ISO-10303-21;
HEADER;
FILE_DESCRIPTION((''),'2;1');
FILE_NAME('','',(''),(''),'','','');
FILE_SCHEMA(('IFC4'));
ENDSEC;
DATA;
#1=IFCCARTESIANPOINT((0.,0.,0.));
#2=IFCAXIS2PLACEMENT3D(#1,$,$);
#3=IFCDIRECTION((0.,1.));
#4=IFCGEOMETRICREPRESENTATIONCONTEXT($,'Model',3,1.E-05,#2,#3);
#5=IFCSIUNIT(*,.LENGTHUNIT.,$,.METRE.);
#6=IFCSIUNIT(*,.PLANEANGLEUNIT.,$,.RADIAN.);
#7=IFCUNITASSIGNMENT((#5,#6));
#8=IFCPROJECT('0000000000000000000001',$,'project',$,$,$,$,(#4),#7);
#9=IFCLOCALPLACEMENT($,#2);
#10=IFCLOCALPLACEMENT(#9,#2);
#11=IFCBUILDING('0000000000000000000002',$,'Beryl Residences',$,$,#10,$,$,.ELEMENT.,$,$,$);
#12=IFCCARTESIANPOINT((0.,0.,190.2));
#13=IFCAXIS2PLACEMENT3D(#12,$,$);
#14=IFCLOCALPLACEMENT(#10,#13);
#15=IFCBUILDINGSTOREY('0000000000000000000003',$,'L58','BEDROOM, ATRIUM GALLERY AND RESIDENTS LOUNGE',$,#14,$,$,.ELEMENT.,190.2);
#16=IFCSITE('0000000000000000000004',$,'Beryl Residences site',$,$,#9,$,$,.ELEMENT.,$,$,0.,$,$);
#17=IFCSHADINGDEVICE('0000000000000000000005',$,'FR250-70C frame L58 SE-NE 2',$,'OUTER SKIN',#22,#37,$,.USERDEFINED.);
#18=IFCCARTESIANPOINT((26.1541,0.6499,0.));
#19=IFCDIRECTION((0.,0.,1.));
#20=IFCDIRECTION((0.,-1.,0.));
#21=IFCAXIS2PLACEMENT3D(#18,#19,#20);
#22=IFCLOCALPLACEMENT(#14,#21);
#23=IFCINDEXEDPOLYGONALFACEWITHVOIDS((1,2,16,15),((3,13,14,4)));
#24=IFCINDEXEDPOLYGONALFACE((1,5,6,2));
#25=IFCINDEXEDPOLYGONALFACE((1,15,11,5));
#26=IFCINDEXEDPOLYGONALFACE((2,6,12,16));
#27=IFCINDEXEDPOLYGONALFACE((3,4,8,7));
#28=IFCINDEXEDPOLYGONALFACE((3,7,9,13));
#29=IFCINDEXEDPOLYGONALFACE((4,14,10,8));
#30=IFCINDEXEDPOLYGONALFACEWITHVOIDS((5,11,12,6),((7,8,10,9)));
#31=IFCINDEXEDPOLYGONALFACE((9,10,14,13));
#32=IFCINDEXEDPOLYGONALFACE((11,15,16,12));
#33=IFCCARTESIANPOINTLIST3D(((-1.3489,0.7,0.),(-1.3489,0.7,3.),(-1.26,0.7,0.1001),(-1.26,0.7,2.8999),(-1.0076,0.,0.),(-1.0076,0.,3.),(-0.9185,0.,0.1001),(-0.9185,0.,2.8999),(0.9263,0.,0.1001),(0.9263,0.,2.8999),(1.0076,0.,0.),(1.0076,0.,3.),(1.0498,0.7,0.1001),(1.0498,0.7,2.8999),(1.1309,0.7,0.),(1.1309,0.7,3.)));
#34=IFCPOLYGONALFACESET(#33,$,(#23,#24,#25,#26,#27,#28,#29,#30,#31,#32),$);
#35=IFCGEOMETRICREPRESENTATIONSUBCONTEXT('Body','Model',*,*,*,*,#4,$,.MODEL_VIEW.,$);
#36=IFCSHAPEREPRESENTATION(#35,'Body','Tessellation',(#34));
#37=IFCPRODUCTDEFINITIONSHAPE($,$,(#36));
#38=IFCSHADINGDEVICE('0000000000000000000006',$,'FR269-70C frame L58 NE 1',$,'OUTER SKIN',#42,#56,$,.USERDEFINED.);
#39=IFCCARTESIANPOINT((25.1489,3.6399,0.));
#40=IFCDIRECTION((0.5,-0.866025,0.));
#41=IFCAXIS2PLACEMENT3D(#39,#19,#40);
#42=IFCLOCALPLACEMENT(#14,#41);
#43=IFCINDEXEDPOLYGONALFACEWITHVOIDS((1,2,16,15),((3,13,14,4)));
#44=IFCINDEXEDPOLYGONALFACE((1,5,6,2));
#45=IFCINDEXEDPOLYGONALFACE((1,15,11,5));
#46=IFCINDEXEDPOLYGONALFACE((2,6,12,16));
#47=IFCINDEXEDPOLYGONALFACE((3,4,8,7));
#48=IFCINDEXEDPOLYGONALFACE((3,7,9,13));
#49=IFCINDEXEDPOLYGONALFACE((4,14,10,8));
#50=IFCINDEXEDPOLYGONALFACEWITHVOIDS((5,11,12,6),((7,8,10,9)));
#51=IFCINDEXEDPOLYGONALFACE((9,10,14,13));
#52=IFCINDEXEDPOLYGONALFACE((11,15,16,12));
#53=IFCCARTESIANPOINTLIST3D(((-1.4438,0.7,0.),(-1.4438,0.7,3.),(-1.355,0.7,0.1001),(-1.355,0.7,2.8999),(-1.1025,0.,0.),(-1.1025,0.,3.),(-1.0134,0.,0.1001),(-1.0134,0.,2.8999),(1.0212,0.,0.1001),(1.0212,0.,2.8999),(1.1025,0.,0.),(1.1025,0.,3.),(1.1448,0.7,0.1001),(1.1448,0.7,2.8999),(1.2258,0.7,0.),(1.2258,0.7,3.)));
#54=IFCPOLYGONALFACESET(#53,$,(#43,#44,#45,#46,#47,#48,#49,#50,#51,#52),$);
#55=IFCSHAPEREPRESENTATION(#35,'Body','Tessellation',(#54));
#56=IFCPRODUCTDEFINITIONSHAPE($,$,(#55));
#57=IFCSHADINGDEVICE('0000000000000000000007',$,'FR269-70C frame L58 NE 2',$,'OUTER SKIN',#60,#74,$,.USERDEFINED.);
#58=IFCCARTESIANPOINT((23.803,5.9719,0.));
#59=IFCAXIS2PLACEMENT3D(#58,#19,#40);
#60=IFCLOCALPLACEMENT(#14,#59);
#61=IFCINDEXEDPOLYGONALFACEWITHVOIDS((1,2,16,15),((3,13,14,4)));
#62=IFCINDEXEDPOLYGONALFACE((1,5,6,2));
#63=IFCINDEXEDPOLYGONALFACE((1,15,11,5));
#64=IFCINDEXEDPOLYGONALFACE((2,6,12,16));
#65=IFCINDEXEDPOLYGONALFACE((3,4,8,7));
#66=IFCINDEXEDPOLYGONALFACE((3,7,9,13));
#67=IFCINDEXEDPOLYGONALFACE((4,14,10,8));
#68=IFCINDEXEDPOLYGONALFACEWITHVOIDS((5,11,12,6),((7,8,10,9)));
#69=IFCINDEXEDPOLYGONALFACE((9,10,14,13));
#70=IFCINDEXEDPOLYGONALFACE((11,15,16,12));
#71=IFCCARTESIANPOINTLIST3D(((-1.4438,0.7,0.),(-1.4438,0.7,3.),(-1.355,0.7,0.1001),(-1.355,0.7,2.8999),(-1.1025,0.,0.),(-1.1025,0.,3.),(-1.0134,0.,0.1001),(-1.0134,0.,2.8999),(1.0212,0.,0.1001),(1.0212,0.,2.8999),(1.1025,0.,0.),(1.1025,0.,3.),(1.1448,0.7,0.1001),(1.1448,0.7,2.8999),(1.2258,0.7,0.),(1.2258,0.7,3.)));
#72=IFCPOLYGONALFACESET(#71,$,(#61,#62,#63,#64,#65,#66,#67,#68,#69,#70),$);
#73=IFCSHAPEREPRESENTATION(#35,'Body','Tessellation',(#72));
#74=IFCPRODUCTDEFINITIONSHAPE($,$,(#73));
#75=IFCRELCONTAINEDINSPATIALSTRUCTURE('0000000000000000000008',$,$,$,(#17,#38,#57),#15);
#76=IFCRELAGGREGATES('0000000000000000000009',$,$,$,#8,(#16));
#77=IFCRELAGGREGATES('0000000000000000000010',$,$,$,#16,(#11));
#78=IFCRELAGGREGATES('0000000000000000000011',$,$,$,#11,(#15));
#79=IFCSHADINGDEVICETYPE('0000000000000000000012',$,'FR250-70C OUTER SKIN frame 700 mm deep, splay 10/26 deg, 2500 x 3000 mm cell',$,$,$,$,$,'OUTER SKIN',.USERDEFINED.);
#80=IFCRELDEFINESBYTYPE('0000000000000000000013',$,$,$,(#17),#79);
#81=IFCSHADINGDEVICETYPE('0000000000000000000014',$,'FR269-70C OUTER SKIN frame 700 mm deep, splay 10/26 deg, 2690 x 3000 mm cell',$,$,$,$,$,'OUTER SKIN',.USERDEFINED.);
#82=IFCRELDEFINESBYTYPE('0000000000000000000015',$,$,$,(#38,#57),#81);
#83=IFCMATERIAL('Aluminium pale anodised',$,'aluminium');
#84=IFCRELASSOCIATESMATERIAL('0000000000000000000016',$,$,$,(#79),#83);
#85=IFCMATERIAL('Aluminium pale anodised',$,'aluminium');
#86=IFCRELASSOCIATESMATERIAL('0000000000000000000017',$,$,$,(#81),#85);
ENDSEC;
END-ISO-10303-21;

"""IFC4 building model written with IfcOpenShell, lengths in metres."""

from ifc_helpers import new_model, entity, si_unit, direction, frame, origin, place, context, subcontext, project, spatial, source, transform, mapped, material, type_object, type_shapes, element, save


model = new_model("IFC4")

# Units and contexts
model_context = context("Model", 3, precision=1e-05, world=origin(), true_north=direction((0.0, 1.0)))
body_context = subcontext(model_context, "Body", "Model", "MODEL_VIEW")
ifc_project = project(units=[si_unit("LENGTHUNIT", "METRE"), si_unit("PLANEANGLEUNIT", "RADIAN")], contexts=[model_context])

# Site, building, storey
site_placement = place(None, origin())
site = spatial("IfcSite", under=ifc_project, at=site_placement, Name="Beryl Residences site", CompositionType="ELEMENT", RefElevation=0.0)
building_placement = place(site_placement, origin())
building = spatial("IfcBuilding", under=site, at=building_placement, Name="Beryl Residences", CompositionType="ELEMENT")
storey_placement = place(building_placement, frame((0.0, 0.0, 190.2)))
storey = spatial("IfcBuildingStorey", under=building, at=storey_placement, Name="L58", Description="BEDROOM, ATRIUM GALLERY AND RESIDENTS LOUNGE", CompositionType="ELEMENT", Elevation=190.2)

# Shading devices
ifc_material_1 = material(Name="Aluminium pale anodised", Category="aluminium")
shading_device_type_1 = type_object("IfcShadingDeviceType", Name="FR250-70C OUTER SKIN frame 700 mm deep, splay 10/26 deg, 2500 x 3000 mm cell", ElementType="OUTER SKIN", PredefinedType="USERDEFINED", material=ifc_material_1)
cartesian_point_1 = entity("IfcCartesianPoint", [-1.0076, 0.0])
cartesian_point_2 = entity("IfcCartesianPoint", [-0.9263, 0.1001])
cartesian_point_3 = entity("IfcCartesianPoint", [-1.1309, 0.0])
cartesian_point_4 = entity("IfcCartesianPoint", [-1.0498, 0.1001])
shared_shape_1 = source(origin(), body_context, "Body", "SweptSolid", [
    entity("IfcExtrudedAreaSolidTapered", entity("IfcArbitraryProfileDefWithVoids", "AREA", None, entity("IfcPolyline", [cartesian_point_1, entity("IfcCartesianPoint", [1.0076, 0.0]), entity("IfcCartesianPoint", [1.0076, 3.0]), entity("IfcCartesianPoint", [-1.0076, 3.0]), cartesian_point_1]), [entity("IfcPolyline", [cartesian_point_2, entity("IfcCartesianPoint", [0.9185, 0.1001]), entity("IfcCartesianPoint", [0.9185, 2.8999]), entity("IfcCartesianPoint", [-0.9263, 2.8999]), cartesian_point_2])]), entity("IfcAxis2Placement3D", entity("IfcCartesianPoint", [0.0, 0.0, 0.0]), entity("IfcDirection", [0.0, 1.0, 0.0]), entity("IfcDirection", [-1.0, 0.0, 0.0])), entity("IfcDirection", [0.0, 0.0, 1.0]), 0.7, entity("IfcArbitraryProfileDefWithVoids", "AREA", None, entity("IfcPolyline", [cartesian_point_3, entity("IfcCartesianPoint", [1.3489, 0.0]), entity("IfcCartesianPoint", [1.3489, 3.0]), entity("IfcCartesianPoint", [-1.1309, 3.0]), cartesian_point_3]), [entity("IfcPolyline", [cartesian_point_4, entity("IfcCartesianPoint", [1.26, 0.1001]), entity("IfcCartesianPoint", [1.26, 2.8999]), entity("IfcCartesianPoint", [-1.0498, 2.8999]), cartesian_point_4])])),
])
type_shapes(shading_device_type_1, [shared_shape_1])
shading_device_placement = place(storey_placement, frame((26.1541, 0.6499, 0.0), z_axis=(0.0, 0.0, 1.0), x_axis=(0.0, -1.0, 0.0)))
element("IfcShadingDevice", 1, at=shading_device_placement, inside=storey, type_object=shading_device_type_1, Name="FR250-70C frame L58 SE-NE 2", ObjectType="OUTER SKIN", PredefinedType="USERDEFINED", context=body_context, shape_type="MappedRepresentation", body=[
    mapped(shared_shape_1, transform((0.0, 0.0, 0.0))),
])
ifc_material_2 = material(Name="Aluminium pale anodised", Category="aluminium")
shading_device_type_2 = type_object("IfcShadingDeviceType", Name="FR269-70C OUTER SKIN frame 700 mm deep, splay 10/26 deg, 2690 x 3000 mm cell", ElementType="OUTER SKIN", PredefinedType="USERDEFINED", material=ifc_material_2)
cartesian_point_5 = entity("IfcCartesianPoint", [-1.1025, 0.0])
cartesian_point_6 = entity("IfcCartesianPoint", [-1.0212, 0.1001])
cartesian_point_7 = entity("IfcCartesianPoint", [-1.2258, 0.0])
cartesian_point_8 = entity("IfcCartesianPoint", [-1.1448, 0.1001])
shared_shape_2 = source(origin(), body_context, "Body", "SweptSolid", [
    entity("IfcExtrudedAreaSolidTapered", entity("IfcArbitraryProfileDefWithVoids", "AREA", None, entity("IfcPolyline", [cartesian_point_5, entity("IfcCartesianPoint", [1.1025, 0.0]), entity("IfcCartesianPoint", [1.1025, 3.0]), entity("IfcCartesianPoint", [-1.1025, 3.0]), cartesian_point_5]), [entity("IfcPolyline", [cartesian_point_6, entity("IfcCartesianPoint", [1.0134, 0.1001]), entity("IfcCartesianPoint", [1.0134, 2.8999]), entity("IfcCartesianPoint", [-1.0212, 2.8999]), cartesian_point_6])]), entity("IfcAxis2Placement3D", entity("IfcCartesianPoint", [0.0, 0.0, 0.0]), entity("IfcDirection", [0.0, 1.0, 0.0]), entity("IfcDirection", [-1.0, 0.0, 0.0])), entity("IfcDirection", [0.0, 0.0, 1.0]), 0.7, entity("IfcArbitraryProfileDefWithVoids", "AREA", None, entity("IfcPolyline", [cartesian_point_7, entity("IfcCartesianPoint", [1.4438, 0.0]), entity("IfcCartesianPoint", [1.4438, 3.0]), entity("IfcCartesianPoint", [-1.2258, 3.0]), cartesian_point_7]), [entity("IfcPolyline", [cartesian_point_8, entity("IfcCartesianPoint", [1.355, 0.1001]), entity("IfcCartesianPoint", [1.355, 2.8999]), entity("IfcCartesianPoint", [-1.1448, 2.8999]), cartesian_point_8])])),
])
type_shapes(shading_device_type_2, [shared_shape_2])
for number, where, z_axis, x_axis, name in (
    (2, (25.1489, 3.6399, 0.0), (0.0, 0.0, 1.0), (0.5, -0.866025, 0.0), "FR269-70C frame L58 NE 1"),
    (3, (23.803, 5.9719, 0.0), (0.0, 0.0, 1.0), (0.5, -0.866025, 0.0), "FR269-70C frame L58 NE 2"),
):
    element("IfcShadingDevice", number, at=place(storey_placement, frame(where, z_axis=z_axis, x_axis=x_axis)), inside=storey, type_object=shading_device_type_2, Name=name, ObjectType="OUTER SKIN", PredefinedType="USERDEFINED", context=body_context, shape_type="MappedRepresentation", body=[
        mapped(shared_shape_2, transform((0.0, 0.0, 0.0))),
    ])

save(model, "model.ifc")
